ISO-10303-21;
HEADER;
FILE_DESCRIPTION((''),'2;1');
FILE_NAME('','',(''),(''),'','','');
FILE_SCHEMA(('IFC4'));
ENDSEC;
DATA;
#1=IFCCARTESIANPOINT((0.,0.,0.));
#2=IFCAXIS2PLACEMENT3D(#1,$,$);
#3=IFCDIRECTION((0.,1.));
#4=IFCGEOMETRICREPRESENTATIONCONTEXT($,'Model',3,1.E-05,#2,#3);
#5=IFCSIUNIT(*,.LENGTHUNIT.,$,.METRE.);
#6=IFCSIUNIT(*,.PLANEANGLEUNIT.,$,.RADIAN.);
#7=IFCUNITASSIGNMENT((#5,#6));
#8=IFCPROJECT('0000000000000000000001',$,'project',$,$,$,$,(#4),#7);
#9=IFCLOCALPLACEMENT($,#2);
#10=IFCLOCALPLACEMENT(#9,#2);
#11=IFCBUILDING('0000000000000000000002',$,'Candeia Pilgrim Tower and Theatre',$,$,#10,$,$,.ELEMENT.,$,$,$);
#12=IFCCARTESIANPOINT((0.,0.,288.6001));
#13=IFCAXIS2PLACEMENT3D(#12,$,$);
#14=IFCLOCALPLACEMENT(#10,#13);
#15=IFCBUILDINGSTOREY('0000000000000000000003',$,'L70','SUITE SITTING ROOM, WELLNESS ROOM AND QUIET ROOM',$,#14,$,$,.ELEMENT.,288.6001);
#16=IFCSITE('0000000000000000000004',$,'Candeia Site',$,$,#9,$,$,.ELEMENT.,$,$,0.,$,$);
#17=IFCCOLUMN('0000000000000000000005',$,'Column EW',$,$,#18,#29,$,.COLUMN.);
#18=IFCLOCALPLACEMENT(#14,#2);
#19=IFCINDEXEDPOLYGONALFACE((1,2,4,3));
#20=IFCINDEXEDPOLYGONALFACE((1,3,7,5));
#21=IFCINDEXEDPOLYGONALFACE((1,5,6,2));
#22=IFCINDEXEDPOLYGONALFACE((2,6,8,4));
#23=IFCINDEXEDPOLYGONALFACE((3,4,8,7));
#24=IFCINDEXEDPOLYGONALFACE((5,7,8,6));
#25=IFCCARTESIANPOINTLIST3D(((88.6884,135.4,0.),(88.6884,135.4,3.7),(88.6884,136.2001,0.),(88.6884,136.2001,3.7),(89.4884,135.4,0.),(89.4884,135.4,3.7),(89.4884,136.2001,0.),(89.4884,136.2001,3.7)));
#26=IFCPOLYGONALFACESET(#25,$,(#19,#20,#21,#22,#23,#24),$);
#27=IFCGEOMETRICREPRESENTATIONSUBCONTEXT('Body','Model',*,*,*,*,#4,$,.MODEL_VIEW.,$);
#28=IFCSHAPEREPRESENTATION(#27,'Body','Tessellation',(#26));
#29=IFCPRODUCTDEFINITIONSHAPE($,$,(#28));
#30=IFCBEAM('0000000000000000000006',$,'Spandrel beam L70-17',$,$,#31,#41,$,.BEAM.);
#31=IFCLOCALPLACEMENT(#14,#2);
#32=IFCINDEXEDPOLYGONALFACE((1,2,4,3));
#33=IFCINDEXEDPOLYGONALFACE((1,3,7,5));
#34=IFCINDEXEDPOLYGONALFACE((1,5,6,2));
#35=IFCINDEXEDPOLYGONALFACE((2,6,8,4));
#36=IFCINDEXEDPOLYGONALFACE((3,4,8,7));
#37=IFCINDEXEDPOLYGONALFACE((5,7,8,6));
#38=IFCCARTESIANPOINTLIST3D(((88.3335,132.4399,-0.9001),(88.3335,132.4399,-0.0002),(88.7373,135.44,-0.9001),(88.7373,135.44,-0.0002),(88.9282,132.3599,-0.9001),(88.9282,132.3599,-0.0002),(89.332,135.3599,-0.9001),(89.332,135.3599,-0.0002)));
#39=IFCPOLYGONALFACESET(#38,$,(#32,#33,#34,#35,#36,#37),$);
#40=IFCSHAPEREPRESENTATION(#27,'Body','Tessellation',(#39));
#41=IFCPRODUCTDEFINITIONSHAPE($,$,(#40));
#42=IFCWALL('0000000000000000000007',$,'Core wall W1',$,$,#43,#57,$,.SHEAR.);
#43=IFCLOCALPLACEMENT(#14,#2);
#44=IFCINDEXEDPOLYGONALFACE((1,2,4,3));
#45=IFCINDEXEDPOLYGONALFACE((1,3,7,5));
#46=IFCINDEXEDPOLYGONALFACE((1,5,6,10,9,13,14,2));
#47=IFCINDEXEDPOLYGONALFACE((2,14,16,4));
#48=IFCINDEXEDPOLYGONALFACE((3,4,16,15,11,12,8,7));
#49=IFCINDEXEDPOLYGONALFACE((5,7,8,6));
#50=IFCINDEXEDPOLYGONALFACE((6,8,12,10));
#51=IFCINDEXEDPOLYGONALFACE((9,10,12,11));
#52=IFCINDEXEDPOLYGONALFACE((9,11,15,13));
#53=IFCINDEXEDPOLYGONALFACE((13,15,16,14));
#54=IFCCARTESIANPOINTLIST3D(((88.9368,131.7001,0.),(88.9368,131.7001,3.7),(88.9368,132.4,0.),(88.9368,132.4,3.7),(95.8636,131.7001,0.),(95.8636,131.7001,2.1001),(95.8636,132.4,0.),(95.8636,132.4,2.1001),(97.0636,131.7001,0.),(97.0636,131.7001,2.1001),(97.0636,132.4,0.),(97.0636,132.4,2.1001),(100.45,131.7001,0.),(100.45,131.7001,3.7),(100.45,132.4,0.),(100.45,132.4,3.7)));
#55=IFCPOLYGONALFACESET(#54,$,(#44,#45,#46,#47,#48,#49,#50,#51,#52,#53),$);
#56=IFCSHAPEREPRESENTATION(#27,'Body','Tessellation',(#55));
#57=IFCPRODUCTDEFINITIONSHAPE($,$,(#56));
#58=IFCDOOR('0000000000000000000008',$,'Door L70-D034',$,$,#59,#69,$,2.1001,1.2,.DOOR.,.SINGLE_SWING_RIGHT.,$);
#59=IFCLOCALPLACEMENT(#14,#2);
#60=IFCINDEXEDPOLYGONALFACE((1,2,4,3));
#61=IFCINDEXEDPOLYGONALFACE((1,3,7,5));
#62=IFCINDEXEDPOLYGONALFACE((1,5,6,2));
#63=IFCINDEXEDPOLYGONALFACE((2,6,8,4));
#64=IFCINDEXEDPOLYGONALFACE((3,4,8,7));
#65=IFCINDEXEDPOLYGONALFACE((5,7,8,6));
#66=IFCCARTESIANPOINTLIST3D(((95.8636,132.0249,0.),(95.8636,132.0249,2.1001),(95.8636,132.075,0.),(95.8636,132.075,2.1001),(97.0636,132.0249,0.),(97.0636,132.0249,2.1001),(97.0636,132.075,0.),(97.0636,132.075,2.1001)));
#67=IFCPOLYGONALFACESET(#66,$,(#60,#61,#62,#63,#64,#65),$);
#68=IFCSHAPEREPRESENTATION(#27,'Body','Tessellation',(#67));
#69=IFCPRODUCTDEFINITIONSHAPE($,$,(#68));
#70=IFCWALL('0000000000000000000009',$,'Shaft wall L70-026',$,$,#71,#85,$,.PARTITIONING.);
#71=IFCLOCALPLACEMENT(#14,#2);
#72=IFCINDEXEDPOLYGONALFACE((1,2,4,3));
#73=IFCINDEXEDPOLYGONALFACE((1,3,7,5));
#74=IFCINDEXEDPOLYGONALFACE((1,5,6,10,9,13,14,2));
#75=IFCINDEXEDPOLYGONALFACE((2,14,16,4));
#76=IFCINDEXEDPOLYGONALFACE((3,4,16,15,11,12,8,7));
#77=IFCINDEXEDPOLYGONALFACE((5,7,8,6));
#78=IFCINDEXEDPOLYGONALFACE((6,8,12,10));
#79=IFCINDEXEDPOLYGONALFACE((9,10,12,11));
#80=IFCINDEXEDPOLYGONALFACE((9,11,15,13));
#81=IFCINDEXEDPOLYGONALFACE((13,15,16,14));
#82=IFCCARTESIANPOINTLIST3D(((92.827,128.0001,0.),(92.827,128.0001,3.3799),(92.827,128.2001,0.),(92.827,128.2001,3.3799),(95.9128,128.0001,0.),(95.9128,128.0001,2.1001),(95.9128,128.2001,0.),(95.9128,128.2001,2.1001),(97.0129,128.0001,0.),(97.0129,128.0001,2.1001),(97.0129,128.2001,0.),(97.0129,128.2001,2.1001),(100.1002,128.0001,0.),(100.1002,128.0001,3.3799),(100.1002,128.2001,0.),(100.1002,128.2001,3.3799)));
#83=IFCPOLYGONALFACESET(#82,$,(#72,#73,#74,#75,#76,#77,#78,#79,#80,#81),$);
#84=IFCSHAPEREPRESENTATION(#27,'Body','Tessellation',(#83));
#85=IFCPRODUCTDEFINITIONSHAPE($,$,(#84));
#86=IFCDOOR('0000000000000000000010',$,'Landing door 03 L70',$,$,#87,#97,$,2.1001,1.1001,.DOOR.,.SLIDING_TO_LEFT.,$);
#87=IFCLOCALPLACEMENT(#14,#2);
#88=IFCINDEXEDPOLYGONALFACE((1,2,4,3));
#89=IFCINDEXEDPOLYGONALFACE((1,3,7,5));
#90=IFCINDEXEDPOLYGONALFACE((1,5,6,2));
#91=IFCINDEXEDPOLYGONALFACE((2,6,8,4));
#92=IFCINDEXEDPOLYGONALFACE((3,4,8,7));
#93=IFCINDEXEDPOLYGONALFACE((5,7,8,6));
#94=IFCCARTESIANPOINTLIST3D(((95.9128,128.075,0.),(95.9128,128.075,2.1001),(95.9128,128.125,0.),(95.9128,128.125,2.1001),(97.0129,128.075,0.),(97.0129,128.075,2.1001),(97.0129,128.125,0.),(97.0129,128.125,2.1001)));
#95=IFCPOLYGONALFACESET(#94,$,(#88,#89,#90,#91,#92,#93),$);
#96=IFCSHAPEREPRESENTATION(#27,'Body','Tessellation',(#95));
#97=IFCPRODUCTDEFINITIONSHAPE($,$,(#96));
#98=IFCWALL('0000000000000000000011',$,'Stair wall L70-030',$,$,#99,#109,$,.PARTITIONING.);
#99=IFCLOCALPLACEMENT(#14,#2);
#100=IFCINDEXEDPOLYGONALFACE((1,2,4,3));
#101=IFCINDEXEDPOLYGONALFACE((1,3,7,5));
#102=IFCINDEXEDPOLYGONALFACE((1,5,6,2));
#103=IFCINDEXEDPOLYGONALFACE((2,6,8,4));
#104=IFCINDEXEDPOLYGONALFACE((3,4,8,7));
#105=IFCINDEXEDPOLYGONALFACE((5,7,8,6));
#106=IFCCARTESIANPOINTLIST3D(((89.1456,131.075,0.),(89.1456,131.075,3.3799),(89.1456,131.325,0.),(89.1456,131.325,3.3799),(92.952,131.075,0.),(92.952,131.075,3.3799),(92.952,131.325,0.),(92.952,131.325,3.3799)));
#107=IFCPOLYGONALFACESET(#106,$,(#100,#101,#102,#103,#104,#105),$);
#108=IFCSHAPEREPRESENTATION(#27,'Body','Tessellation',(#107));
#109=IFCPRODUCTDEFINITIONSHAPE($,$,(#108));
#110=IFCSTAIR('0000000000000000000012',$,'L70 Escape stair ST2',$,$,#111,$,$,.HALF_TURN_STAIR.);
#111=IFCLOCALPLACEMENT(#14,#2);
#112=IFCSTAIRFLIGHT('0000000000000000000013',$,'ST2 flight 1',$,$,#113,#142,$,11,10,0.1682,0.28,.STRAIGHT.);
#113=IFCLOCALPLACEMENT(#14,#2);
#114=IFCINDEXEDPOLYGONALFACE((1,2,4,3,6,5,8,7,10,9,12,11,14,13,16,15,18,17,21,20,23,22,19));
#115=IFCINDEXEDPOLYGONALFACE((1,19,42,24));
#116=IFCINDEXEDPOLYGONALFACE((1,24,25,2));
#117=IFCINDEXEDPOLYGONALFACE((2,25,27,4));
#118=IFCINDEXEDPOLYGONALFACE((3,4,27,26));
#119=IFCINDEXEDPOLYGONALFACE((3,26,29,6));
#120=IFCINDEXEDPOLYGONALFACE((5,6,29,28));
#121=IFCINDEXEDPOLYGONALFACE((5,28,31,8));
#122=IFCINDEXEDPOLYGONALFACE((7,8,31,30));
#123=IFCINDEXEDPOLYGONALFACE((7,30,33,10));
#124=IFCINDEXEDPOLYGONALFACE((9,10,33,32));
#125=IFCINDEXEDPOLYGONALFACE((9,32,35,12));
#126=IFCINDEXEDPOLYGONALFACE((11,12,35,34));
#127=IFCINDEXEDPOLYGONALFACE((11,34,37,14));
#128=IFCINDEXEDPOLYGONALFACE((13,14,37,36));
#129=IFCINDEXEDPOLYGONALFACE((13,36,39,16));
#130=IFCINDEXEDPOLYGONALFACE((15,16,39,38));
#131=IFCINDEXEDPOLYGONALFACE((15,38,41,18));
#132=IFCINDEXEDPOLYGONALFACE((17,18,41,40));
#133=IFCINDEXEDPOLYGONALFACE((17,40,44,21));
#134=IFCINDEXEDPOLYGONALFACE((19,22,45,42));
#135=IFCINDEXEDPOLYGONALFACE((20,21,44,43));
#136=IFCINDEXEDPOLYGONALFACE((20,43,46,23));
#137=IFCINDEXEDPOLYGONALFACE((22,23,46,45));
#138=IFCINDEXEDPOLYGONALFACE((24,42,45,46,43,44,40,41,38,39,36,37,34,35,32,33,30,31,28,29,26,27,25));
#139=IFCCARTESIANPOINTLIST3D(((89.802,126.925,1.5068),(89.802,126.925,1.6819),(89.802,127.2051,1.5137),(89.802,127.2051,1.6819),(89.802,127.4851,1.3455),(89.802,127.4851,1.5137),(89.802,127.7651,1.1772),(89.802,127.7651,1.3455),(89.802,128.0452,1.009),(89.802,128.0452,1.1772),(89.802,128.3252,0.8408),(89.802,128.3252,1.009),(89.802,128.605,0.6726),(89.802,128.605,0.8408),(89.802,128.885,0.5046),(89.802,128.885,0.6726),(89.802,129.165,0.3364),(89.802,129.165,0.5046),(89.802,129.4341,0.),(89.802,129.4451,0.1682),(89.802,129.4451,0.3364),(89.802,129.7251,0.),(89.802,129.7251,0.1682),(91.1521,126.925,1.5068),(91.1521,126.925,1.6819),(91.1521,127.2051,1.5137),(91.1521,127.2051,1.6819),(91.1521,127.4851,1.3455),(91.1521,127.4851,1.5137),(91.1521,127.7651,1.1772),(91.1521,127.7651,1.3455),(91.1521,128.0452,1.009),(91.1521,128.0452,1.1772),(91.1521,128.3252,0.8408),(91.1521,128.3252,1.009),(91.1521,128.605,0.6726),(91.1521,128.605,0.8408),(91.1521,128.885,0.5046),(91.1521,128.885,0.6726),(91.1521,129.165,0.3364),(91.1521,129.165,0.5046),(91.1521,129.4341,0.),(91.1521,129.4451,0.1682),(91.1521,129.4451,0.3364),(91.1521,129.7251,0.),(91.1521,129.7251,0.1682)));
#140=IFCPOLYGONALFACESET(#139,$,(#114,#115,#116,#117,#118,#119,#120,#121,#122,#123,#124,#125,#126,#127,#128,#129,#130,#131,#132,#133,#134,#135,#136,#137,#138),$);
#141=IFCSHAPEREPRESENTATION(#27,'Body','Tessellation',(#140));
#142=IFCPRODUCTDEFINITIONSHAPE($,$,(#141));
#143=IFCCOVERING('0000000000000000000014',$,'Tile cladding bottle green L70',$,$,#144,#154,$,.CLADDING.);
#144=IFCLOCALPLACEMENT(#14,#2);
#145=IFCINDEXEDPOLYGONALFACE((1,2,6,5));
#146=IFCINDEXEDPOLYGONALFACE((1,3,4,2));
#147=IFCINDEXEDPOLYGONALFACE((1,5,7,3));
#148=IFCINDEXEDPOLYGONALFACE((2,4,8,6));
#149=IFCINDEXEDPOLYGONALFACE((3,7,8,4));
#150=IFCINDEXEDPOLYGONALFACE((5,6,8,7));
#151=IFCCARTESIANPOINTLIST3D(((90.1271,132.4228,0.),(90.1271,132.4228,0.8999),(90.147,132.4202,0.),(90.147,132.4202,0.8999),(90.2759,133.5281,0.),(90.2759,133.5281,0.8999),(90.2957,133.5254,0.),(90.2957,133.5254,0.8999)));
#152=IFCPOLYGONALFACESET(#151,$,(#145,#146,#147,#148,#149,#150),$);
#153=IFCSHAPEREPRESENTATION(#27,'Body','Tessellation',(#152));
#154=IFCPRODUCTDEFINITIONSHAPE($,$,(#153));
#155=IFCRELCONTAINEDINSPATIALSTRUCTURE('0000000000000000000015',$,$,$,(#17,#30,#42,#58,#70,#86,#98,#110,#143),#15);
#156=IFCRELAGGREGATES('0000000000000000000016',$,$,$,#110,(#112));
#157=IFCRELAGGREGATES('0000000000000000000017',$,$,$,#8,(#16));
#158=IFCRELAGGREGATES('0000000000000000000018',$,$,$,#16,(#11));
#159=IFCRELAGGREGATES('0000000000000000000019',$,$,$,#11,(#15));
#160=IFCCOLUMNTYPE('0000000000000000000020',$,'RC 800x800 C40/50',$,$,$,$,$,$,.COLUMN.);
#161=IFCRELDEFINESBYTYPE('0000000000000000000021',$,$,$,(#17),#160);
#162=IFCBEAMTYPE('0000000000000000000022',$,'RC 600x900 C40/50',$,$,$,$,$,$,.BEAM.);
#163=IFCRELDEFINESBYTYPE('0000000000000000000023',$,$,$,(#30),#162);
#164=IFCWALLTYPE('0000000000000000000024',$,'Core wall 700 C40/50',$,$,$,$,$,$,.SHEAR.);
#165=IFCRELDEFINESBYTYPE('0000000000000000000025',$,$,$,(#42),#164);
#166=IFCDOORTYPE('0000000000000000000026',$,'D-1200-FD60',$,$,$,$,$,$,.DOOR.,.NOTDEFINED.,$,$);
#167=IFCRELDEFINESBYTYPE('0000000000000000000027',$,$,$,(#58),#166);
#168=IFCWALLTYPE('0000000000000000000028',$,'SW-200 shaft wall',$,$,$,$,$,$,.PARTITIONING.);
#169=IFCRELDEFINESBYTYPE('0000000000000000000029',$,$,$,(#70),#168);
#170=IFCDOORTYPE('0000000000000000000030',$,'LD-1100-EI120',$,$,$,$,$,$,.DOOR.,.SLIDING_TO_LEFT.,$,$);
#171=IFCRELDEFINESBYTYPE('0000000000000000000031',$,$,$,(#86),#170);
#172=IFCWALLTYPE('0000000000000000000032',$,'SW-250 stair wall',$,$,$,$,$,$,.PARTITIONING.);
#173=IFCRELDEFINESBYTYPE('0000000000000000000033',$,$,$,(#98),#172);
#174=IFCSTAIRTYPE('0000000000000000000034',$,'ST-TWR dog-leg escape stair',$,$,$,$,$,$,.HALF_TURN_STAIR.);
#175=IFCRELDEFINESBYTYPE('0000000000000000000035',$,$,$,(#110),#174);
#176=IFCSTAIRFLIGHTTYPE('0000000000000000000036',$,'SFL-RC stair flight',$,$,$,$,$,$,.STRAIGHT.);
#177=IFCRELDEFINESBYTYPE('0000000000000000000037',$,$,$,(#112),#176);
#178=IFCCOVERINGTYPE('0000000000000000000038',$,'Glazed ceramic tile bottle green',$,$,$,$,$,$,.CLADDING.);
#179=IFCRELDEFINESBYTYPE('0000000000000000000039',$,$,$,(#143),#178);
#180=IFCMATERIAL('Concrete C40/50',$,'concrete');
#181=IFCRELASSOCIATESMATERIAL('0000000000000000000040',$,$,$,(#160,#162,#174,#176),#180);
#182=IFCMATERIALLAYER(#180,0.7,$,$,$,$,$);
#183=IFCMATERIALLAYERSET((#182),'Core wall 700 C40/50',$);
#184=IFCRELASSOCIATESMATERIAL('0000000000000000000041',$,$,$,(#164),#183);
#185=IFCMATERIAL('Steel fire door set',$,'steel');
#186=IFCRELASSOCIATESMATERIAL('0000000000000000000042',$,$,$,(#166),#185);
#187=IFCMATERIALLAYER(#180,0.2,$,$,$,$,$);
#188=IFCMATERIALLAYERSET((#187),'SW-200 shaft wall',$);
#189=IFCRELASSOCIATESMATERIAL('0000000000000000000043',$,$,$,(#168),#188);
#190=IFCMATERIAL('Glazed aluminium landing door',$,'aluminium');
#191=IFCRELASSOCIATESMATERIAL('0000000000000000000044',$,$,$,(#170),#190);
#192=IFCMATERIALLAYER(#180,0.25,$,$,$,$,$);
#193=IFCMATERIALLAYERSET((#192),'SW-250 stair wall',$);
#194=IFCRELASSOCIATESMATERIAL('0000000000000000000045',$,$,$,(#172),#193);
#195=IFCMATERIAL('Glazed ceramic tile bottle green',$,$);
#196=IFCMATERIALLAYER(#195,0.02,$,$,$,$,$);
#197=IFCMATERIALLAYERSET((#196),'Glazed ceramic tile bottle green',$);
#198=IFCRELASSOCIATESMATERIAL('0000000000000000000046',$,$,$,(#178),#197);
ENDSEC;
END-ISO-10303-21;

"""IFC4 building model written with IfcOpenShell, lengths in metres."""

from ifc_helpers import new_model, si_unit, direction, frame, frame_2d, origin, origin_2d, place, context, subcontext, project, spatial, polyline, rectangle, outline, extrude, material, layer, layer_set, material_profile, profile_set, type_object, element, fill, aggregate, save


model = new_model("IFC4")

# Units and contexts
model_context = context("Model", 3, precision=1e-05, world=origin(), true_north=direction((0.0, 1.0)))
body_context = subcontext(model_context, "Body", "Model", "MODEL_VIEW")
ifc_project = project(units=[si_unit("LENGTHUNIT", "METRE"), si_unit("PLANEANGLEUNIT", "RADIAN")], contexts=[model_context])

# Site, building, storey
site_placement = place(None, origin())
site = spatial("IfcSite", under=ifc_project, at=site_placement, Name="Candeia Site", CompositionType="ELEMENT", RefElevation=0.0)
building_placement = place(site_placement, origin())
building = spatial("IfcBuilding", under=site, at=building_placement, Name="Candeia Pilgrim Tower and Theatre", CompositionType="ELEMENT")
storey_placement = place(building_placement, frame((0.0, 0.0, 288.6001)))
storey = spatial("IfcBuildingStorey", under=building, at=storey_placement, Name="L70", Description="SUITE SITTING ROOM, WELLNESS ROOM AND QUIET ROOM", CompositionType="ELEMENT", Elevation=288.6001)

# Column
ifc_material_1 = material(Name="Concrete C40/50", Category="concrete")
ifc_material_profile_1 = material_profile(ifc_material_1, rectangle(XDim=0.8, YDim=0.8, at=origin_2d()))
ifc_profile_set_1 = profile_set([ifc_material_profile_1], Name="Concrete C40/50")
column_type = type_object("IfcColumnType", Name="RC 800x800 C40/50", PredefinedType="COLUMN", material=ifc_profile_set_1)
column_placement = place(storey_placement, frame((89.0884, 135.8, 0.0), z_axis=(0.0, 0.0, 1.0), x_axis=(1.0, 0.0, 0.0)))
element("IfcColumn", 1, at=column_placement, inside=storey, type_object=column_type, Name="Column EW", PredefinedType="COLUMN", context=body_context, shape_type="SweptSolid", body=[
    extrude(rectangle(XDim=0.8, YDim=0.8, at=origin_2d()), origin(), (0.0, 0.0, 1.0), 3.7),
])

# Beam
ifc_material_profile_2 = material_profile(ifc_material_1, rectangle(XDim=0.6001, YDim=0.8999, at=origin_2d()))
ifc_profile_set_2 = profile_set([ifc_material_profile_2], Name="Concrete C40/50")
beam_type = type_object("IfcBeamType", Name="RC 600x900 C40/50", PredefinedType="BEAM", material=ifc_profile_set_2)
beam_placement = place(storey_placement, frame((88.6309, 132.3999, -0.4502), z_axis=(0.1334, 0.991062, 0.0), x_axis=(-0.991062, 0.1334, 0.0)))
element("IfcBeam", 2, at=beam_placement, inside=storey, type_object=beam_type, Name="Spandrel beam L70-17", PredefinedType="BEAM", context=body_context, shape_type="SweptSolid", body=[
    extrude(rectangle(XDim=0.6001, YDim=0.8999, at=origin_2d()), origin(), (0.0, 0.0, 1.0), 3.0271),
])

# Walls, openings, doors
ifc_layer_1 = layer(ifc_material_1, 0.7)
ifc_layer_set_1 = layer_set([ifc_layer_1], Name="Core wall 700 C40/50")
wall_type_1 = type_object("IfcWallType", Name="Core wall 700 C40/50", PredefinedType="SHEAR", material=ifc_layer_set_1)
wall_1_placement = place(storey_placement, frame((88.9368, 132.05, 0.0), z_axis=(0.0, 0.0, 1.0), x_axis=(1.0, 0.0, 0.0)))
wall_1 = element("IfcWall", 3, at=wall_1_placement, inside=storey, type_object=wall_type_1, Name="Core wall W1", PredefinedType="SHEAR", context=body_context, shape_type="SweptSolid", body=[
    extrude(rectangle(XDim=11.5132, YDim=0.7, at=frame_2d((5.7566, 0.0))), origin(), (0.0, 0.0, 1.0), 3.7),
])
opening_1_placement = place(wall_1_placement, frame((6.9268, 0.0, 0.0)))
opening_1 = element("IfcOpeningElement", 4, at=opening_1_placement, cuts=wall_1, PredefinedType="OPENING", context=body_context, shape_type="SweptSolid", body=[
    extrude(rectangle(XDim=1.2, YDim=2.1001, at=frame_2d((0.6001, 1.05))), frame((0.0, 0.3599, 0.0), z_axis=(0.0, -1.0, 0.0), x_axis=(1.0, 0.0, 0.0)), (0.0, 0.0, 1.0), 0.72),
])
ifc_material_2 = material(Name="Steel fire door set", Category="steel")
door_type_1 = type_object("IfcDoorType", Name="D-1200-FD60", OperationType="NOTDEFINED", PredefinedType="DOOR", material=ifc_material_2)
door_1_placement = place(opening_1_placement, origin())
door_1 = element("IfcDoor", 5, at=door_1_placement, inside=storey, type_object=door_type_1, Name="Door L70-D034", OperationType="SINGLE_SWING_RIGHT", OverallHeight=2.1001, OverallWidth=1.2, PredefinedType="DOOR", context=body_context, shape_type="SweptSolid", body=[
    extrude(rectangle(XDim=1.2, YDim=2.1001, at=frame_2d((0.6001, 1.05))), frame((0.0, 0.0249, 0.0), z_axis=(0.0, -1.0, 0.0), x_axis=(1.0, 0.0, 0.0)), (0.0, 0.0, 1.0), 0.05),
])
fill(opening_1, door_1)
ifc_layer_2 = layer(ifc_material_1, 0.2)
ifc_layer_set_2 = layer_set([ifc_layer_2], Name="SW-200 shaft wall")
wall_type_2 = type_object("IfcWallType", Name="SW-200 shaft wall", PredefinedType="PARTITIONING", material=ifc_layer_set_2)
wall_2_placement = place(storey_placement, frame((92.8269, 128.1001, 0.0), z_axis=(0.0, 0.0, 1.0), x_axis=(1.0, 0.0, 0.0)))
wall_2 = element("IfcWall", 6, at=wall_2_placement, inside=storey, type_object=wall_type_2, Name="Shaft wall L70-026", PredefinedType="PARTITIONING", context=body_context, shape_type="SweptSolid", body=[
    extrude(rectangle(XDim=7.2732, YDim=0.2, at=frame_2d((3.6367, 0.0))), origin(), (0.0, 0.0, 1.0), 3.3799),
])
opening_2_placement = place(wall_2_placement, frame((3.0859, 0.0, 0.0)))
opening_2 = element("IfcOpeningElement", 7, at=opening_2_placement, cuts=wall_2, PredefinedType="OPENING", context=body_context, shape_type="SweptSolid", body=[
    extrude(rectangle(XDim=1.1001, YDim=2.1001, at=frame_2d((0.55, 1.05))), frame((0.0, 0.1099, 0.0), z_axis=(0.0, -1.0, 0.0), x_axis=(1.0, 0.0, 0.0)), (0.0, 0.0, 1.0), 0.22),
])
ifc_material_3 = material(Name="Glazed aluminium landing door", Category="aluminium")
door_type_2 = type_object("IfcDoorType", Name="LD-1100-EI120", OperationType="SLIDING_TO_LEFT", PredefinedType="DOOR", material=ifc_material_3)
door_2_placement = place(opening_2_placement, origin())
door_2 = element("IfcDoor", 8, at=door_2_placement, inside=storey, type_object=door_type_2, Name="Landing door 03 L70", OperationType="SLIDING_TO_LEFT", OverallHeight=2.1001, OverallWidth=1.1001, PredefinedType="DOOR", context=body_context, shape_type="SweptSolid", body=[
    extrude(rectangle(XDim=1.1001, YDim=2.1001, at=frame_2d((0.55, 1.05))), frame((0.0, 0.0249, 0.0), z_axis=(0.0, -1.0, 0.0), x_axis=(1.0, 0.0, 0.0)), (0.0, 0.0, 1.0), 0.05),
])
fill(opening_2, door_2)

# Wall
ifc_layer_3 = layer(ifc_material_1, 0.25)
ifc_layer_set_3 = layer_set([ifc_layer_3], Name="SW-250 stair wall")
wall_type_3 = type_object("IfcWallType", Name="SW-250 stair wall", PredefinedType="PARTITIONING", material=ifc_layer_set_3)
wall_3_placement = place(storey_placement, frame((89.1455, 131.2, 0.0), z_axis=(0.0, 0.0, 1.0), x_axis=(1.0, 0.0, 0.0)))
element("IfcWall", 9, at=wall_3_placement, inside=storey, type_object=wall_type_3, Name="Stair wall L70-030", PredefinedType="PARTITIONING", context=body_context, shape_type="SweptSolid", body=[
    extrude(rectangle(XDim=3.8064, YDim=0.25, at=frame_2d((1.9033, 0.0))), origin(), (0.0, 0.0, 1.0), 3.3799),
])

# Stair, stair flight
stair_type = type_object("IfcStairType", Name="ST-TWR dog-leg escape stair", PredefinedType="HALF_TURN_STAIR", material=ifc_material_1)
stair_placement = place(storey_placement, origin())
stair = element("IfcStair", 10, at=stair_placement, inside=storey, type_object=stair_type, Name="L70 Escape stair ST2", PredefinedType="HALF_TURN_STAIR")
stair_flight_type = type_object("IfcStairFlightType", Name="SFL-RC stair flight", PredefinedType="STRAIGHT", material=ifc_material_1)
stair_flight_placement = place(storey_placement, frame((90.4771, 129.7251, 0.0), z_axis=(0.0, 0.0, 1.0), x_axis=(0.0, -1.0, 0.0)))
stair_flight = element("IfcStairFlight", 11, at=stair_flight_placement, type_object=stair_flight_type, Name="ST2 flight 1", NumberOfRisers=11, NumberOfTreads=10, PredefinedType="STRAIGHT", RiserHeight=0.1682, TreadLength=0.28, context=body_context, shape_type="SweptSolid", body=[
    extrude(outline(polyline([(0.0, 0.0), (0.0, 0.1682), (0.28, 0.1682), (0.28, 0.3364), (0.5601, 0.3364), (0.5601, 0.5046), (0.8401, 0.5046), (0.8401, 0.6726), (1.1201, 0.6726), (1.1201, 0.8408), (1.3999, 0.8408), (1.3999, 1.009), (1.6799, 1.009), (1.6799, 1.1772), (1.96, 1.1772), (1.96, 1.3455), (2.24, 1.3455), (2.24, 1.5137), (2.52, 1.5137), (2.52, 1.6819), (2.8, 1.6819), (2.8, 1.8501), (2.8, 1.5068), (0.291, 0.0), (0.0, 0.0)])), frame((0.0, 0.675, 0.0), z_axis=(0.0, -1.0, 0.0), x_axis=(1.0, 0.0, 0.0)), (0.0, 0.0, 1.0), 1.3501),
])
aggregate(stair, [stair_flight])

# Covering
ifc_material_4 = material(Name="Glazed ceramic tile bottle green")
ifc_layer_4 = layer(ifc_material_4, 0.02)
ifc_layer_set_4 = layer_set([ifc_layer_4], Name="Glazed ceramic tile bottle green")
covering_type = type_object("IfcCoveringType", Name="Glazed ceramic tile bottle green", PredefinedType="CLADDING", material=ifc_layer_set_4)
covering_placement = place(storey_placement, frame((90.2114, 132.9741, 0.0), z_axis=(0.0, 0.0, 1.0), x_axis=(-0.133412, -0.991061, 0.0)))
element("IfcCovering", 12, at=covering_placement, inside=storey, type_object=covering_type, Name="Tile cladding bottle green L70", PredefinedType="CLADDING", context=body_context, shape_type="SweptSolid", body=[
    extrude(rectangle(XDim=1.1152, YDim=0.02, at=origin_2d()), origin(), (0.0, 0.0, 1.0), 0.8999),
])

save(model, "model.ifc")
